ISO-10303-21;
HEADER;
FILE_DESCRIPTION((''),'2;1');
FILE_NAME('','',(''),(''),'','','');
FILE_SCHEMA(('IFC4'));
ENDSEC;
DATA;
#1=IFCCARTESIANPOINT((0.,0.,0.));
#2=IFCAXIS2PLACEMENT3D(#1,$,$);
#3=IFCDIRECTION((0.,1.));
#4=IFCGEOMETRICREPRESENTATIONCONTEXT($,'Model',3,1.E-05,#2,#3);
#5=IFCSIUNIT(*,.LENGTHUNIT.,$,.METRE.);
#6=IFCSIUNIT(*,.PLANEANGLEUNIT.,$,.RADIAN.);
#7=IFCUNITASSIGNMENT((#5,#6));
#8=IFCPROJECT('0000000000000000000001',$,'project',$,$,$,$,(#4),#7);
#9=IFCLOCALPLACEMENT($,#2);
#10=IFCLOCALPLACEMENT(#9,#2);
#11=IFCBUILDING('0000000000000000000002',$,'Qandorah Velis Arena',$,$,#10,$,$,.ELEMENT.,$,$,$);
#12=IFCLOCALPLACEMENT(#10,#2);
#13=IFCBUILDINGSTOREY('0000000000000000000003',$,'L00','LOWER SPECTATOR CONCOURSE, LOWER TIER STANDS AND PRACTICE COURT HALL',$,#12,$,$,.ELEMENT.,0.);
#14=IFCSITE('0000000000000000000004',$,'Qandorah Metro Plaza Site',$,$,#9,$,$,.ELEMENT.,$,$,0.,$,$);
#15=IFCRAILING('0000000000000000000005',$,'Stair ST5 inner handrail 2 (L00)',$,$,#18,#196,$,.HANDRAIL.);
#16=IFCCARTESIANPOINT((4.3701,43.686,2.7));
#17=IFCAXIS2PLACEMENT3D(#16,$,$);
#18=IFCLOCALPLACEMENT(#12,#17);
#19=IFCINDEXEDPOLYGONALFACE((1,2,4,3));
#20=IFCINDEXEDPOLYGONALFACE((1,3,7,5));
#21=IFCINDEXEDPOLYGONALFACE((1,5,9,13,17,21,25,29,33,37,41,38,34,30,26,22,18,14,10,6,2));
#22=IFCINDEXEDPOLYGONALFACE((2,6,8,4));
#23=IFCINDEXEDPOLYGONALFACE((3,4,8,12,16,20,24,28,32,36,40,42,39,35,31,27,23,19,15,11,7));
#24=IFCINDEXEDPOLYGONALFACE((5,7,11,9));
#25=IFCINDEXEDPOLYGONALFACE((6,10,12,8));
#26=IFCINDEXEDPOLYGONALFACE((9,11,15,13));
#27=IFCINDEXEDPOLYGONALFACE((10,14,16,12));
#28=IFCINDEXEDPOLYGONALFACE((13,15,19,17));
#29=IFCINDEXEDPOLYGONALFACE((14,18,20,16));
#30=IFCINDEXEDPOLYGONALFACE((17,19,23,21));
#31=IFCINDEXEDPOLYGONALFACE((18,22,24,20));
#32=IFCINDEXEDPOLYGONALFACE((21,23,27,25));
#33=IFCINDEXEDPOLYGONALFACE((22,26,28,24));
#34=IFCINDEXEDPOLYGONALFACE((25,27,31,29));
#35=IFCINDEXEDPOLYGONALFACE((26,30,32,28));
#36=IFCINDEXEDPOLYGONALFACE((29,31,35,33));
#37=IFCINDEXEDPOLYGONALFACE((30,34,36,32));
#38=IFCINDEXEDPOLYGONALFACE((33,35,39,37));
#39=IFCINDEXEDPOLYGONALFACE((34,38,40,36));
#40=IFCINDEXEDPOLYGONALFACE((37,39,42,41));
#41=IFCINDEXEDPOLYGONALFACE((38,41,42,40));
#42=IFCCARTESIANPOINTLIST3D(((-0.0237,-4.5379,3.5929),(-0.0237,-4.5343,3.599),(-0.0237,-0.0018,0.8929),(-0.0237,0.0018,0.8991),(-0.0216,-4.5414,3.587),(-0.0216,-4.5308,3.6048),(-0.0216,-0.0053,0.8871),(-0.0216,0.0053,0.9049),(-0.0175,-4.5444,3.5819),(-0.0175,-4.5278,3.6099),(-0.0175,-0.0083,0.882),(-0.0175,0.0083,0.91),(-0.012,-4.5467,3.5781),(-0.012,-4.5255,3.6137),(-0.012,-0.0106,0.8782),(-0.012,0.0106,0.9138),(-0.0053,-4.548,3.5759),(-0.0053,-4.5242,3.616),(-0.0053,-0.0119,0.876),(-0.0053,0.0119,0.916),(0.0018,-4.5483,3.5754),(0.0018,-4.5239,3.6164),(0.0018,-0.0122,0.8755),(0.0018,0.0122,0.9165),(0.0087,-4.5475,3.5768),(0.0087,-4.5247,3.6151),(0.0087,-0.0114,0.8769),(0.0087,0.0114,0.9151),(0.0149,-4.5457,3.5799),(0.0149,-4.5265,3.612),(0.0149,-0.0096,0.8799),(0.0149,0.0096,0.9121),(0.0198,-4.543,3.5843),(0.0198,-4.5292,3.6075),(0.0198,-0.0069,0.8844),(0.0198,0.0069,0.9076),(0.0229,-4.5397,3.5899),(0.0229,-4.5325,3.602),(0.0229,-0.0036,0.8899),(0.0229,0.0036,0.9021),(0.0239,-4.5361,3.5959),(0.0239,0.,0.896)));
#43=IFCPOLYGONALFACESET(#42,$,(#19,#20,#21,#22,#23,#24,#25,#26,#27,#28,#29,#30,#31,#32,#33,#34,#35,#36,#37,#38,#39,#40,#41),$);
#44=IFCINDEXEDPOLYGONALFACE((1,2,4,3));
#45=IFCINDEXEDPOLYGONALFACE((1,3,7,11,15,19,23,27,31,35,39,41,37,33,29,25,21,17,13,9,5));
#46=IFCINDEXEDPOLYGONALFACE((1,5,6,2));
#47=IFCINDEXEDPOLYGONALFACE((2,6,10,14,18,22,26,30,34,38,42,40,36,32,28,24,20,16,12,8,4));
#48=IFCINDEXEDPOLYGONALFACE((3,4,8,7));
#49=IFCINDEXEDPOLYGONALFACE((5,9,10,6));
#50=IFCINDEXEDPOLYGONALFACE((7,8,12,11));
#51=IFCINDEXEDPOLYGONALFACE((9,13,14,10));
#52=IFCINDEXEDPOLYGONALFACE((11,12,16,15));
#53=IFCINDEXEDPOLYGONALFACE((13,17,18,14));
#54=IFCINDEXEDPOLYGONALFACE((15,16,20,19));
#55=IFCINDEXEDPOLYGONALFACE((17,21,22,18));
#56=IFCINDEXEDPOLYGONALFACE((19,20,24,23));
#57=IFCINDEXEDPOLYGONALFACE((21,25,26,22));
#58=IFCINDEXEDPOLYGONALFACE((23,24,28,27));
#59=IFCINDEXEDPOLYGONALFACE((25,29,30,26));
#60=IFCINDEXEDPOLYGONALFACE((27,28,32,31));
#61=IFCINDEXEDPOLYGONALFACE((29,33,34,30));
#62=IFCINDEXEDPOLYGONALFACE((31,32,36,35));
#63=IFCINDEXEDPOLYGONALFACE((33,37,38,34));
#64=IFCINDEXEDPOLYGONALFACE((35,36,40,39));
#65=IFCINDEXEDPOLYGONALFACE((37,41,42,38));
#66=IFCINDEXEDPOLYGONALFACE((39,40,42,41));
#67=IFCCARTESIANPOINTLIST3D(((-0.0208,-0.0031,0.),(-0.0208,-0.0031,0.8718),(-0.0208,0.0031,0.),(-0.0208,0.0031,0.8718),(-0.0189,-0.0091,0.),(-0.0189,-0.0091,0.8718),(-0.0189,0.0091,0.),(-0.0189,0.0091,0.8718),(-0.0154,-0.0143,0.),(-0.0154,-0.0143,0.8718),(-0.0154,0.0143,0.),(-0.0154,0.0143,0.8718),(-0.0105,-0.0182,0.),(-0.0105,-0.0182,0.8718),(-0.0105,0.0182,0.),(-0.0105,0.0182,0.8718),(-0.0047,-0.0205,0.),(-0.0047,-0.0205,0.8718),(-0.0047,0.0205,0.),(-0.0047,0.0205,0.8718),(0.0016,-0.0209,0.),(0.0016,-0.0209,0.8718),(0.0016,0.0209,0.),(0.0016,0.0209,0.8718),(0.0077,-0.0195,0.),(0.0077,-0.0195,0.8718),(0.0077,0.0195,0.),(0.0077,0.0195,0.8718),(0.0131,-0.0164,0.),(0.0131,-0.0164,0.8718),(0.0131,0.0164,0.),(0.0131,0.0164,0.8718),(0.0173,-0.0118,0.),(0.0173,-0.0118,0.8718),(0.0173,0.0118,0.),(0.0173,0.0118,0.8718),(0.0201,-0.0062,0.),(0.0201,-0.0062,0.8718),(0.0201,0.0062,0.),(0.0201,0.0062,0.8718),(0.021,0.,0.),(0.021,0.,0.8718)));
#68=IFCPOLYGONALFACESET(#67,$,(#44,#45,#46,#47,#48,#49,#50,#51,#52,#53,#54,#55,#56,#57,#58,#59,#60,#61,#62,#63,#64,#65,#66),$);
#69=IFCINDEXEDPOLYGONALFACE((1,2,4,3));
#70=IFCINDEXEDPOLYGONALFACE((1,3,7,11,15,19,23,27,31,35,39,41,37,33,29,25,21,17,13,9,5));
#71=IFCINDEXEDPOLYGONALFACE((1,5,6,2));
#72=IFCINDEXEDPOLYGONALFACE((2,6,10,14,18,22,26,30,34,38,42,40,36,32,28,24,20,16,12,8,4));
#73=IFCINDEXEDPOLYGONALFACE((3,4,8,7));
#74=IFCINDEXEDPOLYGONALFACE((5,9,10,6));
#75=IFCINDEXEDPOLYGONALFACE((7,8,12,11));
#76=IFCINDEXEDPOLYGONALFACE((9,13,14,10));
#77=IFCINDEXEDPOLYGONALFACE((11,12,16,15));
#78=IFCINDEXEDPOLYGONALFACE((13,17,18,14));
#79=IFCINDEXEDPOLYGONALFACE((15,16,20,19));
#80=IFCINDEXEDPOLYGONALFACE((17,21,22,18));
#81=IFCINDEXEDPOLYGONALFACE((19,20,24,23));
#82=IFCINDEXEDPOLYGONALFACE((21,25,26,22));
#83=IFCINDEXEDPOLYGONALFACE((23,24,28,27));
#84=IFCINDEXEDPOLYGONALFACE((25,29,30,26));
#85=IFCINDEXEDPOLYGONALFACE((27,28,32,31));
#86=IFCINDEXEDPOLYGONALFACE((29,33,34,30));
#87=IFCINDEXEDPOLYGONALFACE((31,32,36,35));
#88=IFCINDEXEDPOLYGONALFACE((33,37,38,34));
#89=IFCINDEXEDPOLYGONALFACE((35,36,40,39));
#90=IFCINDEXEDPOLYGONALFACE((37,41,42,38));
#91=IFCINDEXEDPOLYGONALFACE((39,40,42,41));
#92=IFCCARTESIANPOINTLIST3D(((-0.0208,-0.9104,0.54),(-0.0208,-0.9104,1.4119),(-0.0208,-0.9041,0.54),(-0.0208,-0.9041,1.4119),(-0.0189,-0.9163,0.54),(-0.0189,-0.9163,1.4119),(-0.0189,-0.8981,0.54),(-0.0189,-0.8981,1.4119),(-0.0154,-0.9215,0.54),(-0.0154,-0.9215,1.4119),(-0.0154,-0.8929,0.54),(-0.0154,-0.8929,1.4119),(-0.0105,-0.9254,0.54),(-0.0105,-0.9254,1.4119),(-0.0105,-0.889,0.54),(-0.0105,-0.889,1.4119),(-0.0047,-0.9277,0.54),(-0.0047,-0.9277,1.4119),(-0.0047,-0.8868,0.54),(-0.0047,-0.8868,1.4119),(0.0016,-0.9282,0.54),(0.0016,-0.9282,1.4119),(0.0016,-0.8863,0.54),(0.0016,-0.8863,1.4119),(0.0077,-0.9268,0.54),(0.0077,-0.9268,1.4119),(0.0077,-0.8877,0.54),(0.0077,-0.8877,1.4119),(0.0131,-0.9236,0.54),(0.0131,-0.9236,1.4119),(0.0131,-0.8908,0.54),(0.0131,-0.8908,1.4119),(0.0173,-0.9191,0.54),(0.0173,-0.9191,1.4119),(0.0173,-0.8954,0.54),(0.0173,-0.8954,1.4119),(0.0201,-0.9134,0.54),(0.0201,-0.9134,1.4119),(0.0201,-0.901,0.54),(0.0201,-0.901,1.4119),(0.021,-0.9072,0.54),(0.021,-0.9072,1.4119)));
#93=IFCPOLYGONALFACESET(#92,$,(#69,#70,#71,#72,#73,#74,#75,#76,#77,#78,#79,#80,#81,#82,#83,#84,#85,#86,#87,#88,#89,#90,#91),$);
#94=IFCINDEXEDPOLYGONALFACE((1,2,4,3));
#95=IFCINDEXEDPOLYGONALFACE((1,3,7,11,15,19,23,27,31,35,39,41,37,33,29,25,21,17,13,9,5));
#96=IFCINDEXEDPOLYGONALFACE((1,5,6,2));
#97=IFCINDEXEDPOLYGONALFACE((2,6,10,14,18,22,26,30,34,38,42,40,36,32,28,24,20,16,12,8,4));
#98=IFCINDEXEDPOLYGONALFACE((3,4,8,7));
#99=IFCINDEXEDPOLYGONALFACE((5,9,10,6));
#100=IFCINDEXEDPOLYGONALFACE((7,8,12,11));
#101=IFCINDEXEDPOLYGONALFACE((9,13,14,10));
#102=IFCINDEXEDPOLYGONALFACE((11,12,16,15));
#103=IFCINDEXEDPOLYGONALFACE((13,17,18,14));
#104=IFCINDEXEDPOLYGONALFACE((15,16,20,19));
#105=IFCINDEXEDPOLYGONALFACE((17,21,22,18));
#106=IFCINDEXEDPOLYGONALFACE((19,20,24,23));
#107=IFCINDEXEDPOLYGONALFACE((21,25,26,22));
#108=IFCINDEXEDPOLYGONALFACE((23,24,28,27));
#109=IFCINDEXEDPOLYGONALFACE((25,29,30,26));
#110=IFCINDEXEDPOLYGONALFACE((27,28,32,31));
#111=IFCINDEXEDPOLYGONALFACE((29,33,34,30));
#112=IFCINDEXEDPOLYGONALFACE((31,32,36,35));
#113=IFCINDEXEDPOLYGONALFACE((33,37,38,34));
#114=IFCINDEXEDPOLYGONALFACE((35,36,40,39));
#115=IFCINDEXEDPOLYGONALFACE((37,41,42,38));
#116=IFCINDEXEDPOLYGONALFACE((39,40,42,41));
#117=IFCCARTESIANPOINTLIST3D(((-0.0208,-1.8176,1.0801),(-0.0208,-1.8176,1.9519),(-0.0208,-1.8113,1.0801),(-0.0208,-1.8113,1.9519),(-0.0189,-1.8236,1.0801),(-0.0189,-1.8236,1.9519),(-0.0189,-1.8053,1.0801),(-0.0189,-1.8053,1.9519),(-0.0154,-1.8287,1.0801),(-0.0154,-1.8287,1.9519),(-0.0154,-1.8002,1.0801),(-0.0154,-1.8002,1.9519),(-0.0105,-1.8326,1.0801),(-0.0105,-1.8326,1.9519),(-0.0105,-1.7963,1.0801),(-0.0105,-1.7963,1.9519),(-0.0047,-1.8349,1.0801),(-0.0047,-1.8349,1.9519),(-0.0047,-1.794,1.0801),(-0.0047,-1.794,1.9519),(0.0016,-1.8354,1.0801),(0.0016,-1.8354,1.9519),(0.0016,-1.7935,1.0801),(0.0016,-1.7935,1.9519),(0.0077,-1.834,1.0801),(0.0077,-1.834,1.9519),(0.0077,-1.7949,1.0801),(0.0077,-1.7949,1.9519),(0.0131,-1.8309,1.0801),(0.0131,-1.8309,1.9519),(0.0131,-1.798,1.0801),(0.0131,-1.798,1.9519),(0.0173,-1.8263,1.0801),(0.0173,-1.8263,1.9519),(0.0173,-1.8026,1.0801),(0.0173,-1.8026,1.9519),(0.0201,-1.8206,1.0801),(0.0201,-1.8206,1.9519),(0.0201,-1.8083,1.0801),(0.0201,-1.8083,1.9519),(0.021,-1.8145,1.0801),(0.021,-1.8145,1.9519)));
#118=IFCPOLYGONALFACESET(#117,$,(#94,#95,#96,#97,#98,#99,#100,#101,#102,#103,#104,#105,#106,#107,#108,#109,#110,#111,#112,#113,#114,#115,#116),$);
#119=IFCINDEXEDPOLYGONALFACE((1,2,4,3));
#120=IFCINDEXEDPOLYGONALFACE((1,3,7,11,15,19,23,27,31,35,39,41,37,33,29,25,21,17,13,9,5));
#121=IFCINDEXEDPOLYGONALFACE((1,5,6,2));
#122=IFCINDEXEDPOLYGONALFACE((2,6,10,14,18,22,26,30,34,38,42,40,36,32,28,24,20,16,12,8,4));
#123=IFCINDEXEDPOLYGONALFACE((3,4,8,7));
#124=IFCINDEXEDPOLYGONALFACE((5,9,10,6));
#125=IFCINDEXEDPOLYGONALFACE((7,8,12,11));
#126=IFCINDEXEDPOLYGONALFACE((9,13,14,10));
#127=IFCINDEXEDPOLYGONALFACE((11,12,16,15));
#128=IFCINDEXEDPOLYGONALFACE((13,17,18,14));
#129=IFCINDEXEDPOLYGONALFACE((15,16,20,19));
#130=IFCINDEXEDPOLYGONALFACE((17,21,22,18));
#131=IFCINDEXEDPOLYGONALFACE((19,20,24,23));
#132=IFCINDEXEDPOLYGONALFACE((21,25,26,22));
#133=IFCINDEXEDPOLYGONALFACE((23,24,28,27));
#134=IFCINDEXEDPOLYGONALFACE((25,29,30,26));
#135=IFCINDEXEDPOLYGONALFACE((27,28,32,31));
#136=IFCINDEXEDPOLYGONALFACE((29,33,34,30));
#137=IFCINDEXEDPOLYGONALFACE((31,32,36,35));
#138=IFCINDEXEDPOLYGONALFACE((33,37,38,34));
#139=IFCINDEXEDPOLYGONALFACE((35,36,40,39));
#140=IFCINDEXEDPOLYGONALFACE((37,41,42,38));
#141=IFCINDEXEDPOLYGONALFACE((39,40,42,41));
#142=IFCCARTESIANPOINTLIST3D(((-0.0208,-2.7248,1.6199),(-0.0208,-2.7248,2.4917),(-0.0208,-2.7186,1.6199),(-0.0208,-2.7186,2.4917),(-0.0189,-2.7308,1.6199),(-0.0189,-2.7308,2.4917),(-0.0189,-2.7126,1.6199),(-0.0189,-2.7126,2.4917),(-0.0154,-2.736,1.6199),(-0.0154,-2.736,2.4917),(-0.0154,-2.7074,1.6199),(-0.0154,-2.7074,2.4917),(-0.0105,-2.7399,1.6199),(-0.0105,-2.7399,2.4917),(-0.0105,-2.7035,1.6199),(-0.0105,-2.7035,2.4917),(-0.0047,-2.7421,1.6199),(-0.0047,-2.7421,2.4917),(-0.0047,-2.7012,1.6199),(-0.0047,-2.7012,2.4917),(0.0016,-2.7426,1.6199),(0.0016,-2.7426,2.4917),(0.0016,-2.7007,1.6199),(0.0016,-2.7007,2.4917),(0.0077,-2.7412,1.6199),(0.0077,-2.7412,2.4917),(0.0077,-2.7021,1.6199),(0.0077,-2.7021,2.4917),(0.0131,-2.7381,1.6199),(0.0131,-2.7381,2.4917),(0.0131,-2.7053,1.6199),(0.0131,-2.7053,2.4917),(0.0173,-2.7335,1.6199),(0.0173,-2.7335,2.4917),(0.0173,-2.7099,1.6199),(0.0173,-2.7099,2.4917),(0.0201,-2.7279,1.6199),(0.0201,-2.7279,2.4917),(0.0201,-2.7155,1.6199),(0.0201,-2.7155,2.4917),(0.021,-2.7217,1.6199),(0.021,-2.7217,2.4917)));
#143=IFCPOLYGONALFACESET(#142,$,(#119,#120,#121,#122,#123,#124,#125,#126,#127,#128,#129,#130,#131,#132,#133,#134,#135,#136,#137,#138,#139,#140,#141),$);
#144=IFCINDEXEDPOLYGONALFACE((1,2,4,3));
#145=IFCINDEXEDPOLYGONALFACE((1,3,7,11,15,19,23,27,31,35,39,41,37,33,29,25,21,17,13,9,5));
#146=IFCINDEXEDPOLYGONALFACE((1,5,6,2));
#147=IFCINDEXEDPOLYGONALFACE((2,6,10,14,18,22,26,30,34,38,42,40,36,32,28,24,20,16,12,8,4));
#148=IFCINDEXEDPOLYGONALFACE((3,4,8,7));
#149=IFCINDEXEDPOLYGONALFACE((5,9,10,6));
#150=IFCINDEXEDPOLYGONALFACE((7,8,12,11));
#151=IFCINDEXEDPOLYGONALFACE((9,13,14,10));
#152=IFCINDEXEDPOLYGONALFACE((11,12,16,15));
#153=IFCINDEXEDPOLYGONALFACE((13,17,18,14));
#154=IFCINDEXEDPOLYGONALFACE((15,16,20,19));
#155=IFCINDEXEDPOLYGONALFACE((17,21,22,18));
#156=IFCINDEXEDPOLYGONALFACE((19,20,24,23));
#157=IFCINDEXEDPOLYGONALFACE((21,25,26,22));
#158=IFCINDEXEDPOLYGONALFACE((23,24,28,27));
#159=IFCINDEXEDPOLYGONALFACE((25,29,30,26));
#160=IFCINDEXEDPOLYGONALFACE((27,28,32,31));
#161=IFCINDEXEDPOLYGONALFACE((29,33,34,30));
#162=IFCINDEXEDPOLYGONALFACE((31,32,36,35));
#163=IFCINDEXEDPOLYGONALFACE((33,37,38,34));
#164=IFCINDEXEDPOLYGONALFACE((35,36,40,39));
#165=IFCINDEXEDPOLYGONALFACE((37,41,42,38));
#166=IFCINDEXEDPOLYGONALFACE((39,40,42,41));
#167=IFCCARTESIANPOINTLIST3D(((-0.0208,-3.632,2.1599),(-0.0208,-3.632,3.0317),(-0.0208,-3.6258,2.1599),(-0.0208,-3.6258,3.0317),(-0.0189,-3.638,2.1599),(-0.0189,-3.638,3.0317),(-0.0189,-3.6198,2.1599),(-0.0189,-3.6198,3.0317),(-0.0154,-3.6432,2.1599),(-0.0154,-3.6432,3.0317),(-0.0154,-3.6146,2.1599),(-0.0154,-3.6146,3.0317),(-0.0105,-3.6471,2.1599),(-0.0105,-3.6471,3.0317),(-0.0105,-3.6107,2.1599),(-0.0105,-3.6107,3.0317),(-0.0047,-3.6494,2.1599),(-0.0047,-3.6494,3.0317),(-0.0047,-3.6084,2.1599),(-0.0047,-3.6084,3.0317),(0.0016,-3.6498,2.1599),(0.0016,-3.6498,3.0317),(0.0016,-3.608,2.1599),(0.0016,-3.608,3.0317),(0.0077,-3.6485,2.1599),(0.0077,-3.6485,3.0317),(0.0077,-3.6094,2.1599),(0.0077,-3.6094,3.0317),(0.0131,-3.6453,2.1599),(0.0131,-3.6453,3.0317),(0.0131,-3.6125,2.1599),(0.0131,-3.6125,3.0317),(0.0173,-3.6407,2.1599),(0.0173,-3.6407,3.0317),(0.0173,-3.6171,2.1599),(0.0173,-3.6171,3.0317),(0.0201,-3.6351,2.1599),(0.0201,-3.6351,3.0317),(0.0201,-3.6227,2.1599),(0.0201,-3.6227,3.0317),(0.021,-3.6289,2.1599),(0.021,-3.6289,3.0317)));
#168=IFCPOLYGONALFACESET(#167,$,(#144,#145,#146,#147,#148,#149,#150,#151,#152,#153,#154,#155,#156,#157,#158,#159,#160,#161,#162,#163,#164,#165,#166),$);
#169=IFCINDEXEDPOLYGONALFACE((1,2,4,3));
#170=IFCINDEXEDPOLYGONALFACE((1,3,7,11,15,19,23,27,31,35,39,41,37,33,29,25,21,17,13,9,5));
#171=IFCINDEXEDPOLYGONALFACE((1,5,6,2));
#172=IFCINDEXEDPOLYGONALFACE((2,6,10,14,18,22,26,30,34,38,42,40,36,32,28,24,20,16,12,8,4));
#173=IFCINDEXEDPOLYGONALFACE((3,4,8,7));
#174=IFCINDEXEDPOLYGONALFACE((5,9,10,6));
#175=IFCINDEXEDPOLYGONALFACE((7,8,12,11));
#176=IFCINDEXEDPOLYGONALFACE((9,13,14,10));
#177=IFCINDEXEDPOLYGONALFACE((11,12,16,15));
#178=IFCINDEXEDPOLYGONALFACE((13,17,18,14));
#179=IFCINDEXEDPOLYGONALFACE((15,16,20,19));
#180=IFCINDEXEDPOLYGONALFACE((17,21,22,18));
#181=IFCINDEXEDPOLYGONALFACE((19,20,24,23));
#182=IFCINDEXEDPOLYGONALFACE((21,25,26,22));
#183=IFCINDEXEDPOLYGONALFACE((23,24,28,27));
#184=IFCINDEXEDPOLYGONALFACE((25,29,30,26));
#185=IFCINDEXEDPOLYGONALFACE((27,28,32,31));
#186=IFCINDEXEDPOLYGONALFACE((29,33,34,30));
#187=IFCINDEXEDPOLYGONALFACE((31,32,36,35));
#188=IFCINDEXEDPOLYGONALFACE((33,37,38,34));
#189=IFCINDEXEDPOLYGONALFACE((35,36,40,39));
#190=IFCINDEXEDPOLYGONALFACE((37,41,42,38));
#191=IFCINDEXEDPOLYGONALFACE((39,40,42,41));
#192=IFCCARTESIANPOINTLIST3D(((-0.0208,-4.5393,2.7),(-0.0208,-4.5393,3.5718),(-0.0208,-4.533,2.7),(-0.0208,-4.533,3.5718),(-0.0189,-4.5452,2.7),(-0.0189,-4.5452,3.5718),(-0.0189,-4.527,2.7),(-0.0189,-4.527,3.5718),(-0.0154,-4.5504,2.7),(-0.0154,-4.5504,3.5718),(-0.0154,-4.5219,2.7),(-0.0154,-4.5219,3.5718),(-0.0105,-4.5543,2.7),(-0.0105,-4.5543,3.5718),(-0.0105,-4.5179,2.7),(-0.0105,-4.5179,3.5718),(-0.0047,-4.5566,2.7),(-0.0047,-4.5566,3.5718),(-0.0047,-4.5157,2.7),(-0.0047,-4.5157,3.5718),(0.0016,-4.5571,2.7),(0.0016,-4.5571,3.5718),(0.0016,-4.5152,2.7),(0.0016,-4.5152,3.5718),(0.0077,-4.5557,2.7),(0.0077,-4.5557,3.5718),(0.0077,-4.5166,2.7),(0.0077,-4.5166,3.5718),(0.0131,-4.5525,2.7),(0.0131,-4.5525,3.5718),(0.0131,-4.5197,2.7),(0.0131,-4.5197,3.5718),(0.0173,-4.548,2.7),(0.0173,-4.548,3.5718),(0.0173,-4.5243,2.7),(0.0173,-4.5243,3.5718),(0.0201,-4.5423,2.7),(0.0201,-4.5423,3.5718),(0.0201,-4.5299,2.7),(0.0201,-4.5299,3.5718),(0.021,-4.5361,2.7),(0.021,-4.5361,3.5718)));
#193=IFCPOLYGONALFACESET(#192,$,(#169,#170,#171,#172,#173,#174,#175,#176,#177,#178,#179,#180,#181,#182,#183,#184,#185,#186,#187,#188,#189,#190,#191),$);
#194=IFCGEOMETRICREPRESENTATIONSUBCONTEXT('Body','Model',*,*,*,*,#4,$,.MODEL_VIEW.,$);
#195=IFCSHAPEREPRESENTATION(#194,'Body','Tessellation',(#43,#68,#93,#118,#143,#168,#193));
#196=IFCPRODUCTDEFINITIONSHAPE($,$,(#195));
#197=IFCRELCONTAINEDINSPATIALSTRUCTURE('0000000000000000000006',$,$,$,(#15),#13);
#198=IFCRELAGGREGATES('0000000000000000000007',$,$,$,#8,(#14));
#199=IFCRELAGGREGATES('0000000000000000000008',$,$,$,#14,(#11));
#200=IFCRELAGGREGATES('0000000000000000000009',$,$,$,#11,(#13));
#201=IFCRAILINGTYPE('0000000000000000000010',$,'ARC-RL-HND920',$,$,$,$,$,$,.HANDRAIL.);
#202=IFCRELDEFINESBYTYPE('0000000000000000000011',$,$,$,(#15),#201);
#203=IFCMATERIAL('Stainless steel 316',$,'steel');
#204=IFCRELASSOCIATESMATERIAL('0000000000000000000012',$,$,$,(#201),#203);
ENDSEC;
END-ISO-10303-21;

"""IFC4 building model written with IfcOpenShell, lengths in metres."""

from ifc_helpers import new_model, si_unit, direction, frame, origin, origin_2d, place, context, subcontext, project, spatial, circle, extrude, material, type_object, element, save


model = new_model("IFC4")

# Units and contexts
model_context = context("Model", 3, precision=1e-05, world=origin(), true_north=direction((0.0, 1.0)))
body_context = subcontext(model_context, "Body", "Model", "MODEL_VIEW")
ifc_project = project(units=[si_unit("LENGTHUNIT", "METRE"), si_unit("PLANEANGLEUNIT", "RADIAN")], contexts=[model_context])

# Site, building, storey
site_placement = place(None, origin())
site = spatial("IfcSite", under=ifc_project, at=site_placement, Name="Qandorah Metro Plaza Site", CompositionType="ELEMENT", RefElevation=0.0)
building_placement = place(site_placement, origin())
building = spatial("IfcBuilding", under=site, at=building_placement, Name="Qandorah Velis Arena", CompositionType="ELEMENT")
storey_placement = place(building_placement, origin())
storey = spatial("IfcBuildingStorey", under=building, at=storey_placement, Name="L00", Description="LOWER SPECTATOR CONCOURSE, LOWER TIER STANDS AND PRACTICE COURT HALL", CompositionType="ELEMENT", Elevation=0.0)

# Railing
ifc_material_1 = material(Name="Stainless steel 316", Category="steel")
railing_type_1 = type_object("IfcRailingType", Name="ARC-RL-HND920", PredefinedType="HANDRAIL", material=ifc_material_1)
railing_1_placement = place(storey_placement, frame((4.3701, 43.686, 2.7)))
element("IfcRailing", 1, at=railing_1_placement, inside=storey, type_object=railing_type_1, Name="Stair ST5 inner handrail 2 (L00)", PredefinedType="HANDRAIL", context=body_context, shape_type="SweptSolid", body=[
    extrude(circle(Radius=0.0239, at=origin_2d()), frame((0.0, 0.0, 0.896), z_axis=(0.0, -0.859304, 0.511466), x_axis=(1.0, 0.0, 0.0)), (0.0, 0.0, 1.0), 5.2788),
    extrude(circle(Radius=0.021, at=origin_2d()), origin(), (0.0, 0.0, 1.0), 0.8718),
    extrude(circle(Radius=0.021, at=origin_2d()), frame((0.0, -0.9072, 0.54)), (0.0, 0.0, 1.0), 0.8718),
    extrude(circle(Radius=0.021, at=origin_2d()), frame((0.0, -1.8145, 1.0801)), (0.0, 0.0, 1.0), 0.8718),
    extrude(circle(Radius=0.021, at=origin_2d()), frame((0.0, -2.7217, 1.6199)), (0.0, 0.0, 1.0), 0.8718),
    extrude(circle(Radius=0.021, at=origin_2d()), frame((0.0, -3.6289, 2.1599)), (0.0, 0.0, 1.0), 0.8718),
    extrude(circle(Radius=0.021, at=origin_2d()), frame((0.0, -4.5361, 2.7)), (0.0, 0.0, 1.0), 0.8718),
])

save(model, "model.ifc")
